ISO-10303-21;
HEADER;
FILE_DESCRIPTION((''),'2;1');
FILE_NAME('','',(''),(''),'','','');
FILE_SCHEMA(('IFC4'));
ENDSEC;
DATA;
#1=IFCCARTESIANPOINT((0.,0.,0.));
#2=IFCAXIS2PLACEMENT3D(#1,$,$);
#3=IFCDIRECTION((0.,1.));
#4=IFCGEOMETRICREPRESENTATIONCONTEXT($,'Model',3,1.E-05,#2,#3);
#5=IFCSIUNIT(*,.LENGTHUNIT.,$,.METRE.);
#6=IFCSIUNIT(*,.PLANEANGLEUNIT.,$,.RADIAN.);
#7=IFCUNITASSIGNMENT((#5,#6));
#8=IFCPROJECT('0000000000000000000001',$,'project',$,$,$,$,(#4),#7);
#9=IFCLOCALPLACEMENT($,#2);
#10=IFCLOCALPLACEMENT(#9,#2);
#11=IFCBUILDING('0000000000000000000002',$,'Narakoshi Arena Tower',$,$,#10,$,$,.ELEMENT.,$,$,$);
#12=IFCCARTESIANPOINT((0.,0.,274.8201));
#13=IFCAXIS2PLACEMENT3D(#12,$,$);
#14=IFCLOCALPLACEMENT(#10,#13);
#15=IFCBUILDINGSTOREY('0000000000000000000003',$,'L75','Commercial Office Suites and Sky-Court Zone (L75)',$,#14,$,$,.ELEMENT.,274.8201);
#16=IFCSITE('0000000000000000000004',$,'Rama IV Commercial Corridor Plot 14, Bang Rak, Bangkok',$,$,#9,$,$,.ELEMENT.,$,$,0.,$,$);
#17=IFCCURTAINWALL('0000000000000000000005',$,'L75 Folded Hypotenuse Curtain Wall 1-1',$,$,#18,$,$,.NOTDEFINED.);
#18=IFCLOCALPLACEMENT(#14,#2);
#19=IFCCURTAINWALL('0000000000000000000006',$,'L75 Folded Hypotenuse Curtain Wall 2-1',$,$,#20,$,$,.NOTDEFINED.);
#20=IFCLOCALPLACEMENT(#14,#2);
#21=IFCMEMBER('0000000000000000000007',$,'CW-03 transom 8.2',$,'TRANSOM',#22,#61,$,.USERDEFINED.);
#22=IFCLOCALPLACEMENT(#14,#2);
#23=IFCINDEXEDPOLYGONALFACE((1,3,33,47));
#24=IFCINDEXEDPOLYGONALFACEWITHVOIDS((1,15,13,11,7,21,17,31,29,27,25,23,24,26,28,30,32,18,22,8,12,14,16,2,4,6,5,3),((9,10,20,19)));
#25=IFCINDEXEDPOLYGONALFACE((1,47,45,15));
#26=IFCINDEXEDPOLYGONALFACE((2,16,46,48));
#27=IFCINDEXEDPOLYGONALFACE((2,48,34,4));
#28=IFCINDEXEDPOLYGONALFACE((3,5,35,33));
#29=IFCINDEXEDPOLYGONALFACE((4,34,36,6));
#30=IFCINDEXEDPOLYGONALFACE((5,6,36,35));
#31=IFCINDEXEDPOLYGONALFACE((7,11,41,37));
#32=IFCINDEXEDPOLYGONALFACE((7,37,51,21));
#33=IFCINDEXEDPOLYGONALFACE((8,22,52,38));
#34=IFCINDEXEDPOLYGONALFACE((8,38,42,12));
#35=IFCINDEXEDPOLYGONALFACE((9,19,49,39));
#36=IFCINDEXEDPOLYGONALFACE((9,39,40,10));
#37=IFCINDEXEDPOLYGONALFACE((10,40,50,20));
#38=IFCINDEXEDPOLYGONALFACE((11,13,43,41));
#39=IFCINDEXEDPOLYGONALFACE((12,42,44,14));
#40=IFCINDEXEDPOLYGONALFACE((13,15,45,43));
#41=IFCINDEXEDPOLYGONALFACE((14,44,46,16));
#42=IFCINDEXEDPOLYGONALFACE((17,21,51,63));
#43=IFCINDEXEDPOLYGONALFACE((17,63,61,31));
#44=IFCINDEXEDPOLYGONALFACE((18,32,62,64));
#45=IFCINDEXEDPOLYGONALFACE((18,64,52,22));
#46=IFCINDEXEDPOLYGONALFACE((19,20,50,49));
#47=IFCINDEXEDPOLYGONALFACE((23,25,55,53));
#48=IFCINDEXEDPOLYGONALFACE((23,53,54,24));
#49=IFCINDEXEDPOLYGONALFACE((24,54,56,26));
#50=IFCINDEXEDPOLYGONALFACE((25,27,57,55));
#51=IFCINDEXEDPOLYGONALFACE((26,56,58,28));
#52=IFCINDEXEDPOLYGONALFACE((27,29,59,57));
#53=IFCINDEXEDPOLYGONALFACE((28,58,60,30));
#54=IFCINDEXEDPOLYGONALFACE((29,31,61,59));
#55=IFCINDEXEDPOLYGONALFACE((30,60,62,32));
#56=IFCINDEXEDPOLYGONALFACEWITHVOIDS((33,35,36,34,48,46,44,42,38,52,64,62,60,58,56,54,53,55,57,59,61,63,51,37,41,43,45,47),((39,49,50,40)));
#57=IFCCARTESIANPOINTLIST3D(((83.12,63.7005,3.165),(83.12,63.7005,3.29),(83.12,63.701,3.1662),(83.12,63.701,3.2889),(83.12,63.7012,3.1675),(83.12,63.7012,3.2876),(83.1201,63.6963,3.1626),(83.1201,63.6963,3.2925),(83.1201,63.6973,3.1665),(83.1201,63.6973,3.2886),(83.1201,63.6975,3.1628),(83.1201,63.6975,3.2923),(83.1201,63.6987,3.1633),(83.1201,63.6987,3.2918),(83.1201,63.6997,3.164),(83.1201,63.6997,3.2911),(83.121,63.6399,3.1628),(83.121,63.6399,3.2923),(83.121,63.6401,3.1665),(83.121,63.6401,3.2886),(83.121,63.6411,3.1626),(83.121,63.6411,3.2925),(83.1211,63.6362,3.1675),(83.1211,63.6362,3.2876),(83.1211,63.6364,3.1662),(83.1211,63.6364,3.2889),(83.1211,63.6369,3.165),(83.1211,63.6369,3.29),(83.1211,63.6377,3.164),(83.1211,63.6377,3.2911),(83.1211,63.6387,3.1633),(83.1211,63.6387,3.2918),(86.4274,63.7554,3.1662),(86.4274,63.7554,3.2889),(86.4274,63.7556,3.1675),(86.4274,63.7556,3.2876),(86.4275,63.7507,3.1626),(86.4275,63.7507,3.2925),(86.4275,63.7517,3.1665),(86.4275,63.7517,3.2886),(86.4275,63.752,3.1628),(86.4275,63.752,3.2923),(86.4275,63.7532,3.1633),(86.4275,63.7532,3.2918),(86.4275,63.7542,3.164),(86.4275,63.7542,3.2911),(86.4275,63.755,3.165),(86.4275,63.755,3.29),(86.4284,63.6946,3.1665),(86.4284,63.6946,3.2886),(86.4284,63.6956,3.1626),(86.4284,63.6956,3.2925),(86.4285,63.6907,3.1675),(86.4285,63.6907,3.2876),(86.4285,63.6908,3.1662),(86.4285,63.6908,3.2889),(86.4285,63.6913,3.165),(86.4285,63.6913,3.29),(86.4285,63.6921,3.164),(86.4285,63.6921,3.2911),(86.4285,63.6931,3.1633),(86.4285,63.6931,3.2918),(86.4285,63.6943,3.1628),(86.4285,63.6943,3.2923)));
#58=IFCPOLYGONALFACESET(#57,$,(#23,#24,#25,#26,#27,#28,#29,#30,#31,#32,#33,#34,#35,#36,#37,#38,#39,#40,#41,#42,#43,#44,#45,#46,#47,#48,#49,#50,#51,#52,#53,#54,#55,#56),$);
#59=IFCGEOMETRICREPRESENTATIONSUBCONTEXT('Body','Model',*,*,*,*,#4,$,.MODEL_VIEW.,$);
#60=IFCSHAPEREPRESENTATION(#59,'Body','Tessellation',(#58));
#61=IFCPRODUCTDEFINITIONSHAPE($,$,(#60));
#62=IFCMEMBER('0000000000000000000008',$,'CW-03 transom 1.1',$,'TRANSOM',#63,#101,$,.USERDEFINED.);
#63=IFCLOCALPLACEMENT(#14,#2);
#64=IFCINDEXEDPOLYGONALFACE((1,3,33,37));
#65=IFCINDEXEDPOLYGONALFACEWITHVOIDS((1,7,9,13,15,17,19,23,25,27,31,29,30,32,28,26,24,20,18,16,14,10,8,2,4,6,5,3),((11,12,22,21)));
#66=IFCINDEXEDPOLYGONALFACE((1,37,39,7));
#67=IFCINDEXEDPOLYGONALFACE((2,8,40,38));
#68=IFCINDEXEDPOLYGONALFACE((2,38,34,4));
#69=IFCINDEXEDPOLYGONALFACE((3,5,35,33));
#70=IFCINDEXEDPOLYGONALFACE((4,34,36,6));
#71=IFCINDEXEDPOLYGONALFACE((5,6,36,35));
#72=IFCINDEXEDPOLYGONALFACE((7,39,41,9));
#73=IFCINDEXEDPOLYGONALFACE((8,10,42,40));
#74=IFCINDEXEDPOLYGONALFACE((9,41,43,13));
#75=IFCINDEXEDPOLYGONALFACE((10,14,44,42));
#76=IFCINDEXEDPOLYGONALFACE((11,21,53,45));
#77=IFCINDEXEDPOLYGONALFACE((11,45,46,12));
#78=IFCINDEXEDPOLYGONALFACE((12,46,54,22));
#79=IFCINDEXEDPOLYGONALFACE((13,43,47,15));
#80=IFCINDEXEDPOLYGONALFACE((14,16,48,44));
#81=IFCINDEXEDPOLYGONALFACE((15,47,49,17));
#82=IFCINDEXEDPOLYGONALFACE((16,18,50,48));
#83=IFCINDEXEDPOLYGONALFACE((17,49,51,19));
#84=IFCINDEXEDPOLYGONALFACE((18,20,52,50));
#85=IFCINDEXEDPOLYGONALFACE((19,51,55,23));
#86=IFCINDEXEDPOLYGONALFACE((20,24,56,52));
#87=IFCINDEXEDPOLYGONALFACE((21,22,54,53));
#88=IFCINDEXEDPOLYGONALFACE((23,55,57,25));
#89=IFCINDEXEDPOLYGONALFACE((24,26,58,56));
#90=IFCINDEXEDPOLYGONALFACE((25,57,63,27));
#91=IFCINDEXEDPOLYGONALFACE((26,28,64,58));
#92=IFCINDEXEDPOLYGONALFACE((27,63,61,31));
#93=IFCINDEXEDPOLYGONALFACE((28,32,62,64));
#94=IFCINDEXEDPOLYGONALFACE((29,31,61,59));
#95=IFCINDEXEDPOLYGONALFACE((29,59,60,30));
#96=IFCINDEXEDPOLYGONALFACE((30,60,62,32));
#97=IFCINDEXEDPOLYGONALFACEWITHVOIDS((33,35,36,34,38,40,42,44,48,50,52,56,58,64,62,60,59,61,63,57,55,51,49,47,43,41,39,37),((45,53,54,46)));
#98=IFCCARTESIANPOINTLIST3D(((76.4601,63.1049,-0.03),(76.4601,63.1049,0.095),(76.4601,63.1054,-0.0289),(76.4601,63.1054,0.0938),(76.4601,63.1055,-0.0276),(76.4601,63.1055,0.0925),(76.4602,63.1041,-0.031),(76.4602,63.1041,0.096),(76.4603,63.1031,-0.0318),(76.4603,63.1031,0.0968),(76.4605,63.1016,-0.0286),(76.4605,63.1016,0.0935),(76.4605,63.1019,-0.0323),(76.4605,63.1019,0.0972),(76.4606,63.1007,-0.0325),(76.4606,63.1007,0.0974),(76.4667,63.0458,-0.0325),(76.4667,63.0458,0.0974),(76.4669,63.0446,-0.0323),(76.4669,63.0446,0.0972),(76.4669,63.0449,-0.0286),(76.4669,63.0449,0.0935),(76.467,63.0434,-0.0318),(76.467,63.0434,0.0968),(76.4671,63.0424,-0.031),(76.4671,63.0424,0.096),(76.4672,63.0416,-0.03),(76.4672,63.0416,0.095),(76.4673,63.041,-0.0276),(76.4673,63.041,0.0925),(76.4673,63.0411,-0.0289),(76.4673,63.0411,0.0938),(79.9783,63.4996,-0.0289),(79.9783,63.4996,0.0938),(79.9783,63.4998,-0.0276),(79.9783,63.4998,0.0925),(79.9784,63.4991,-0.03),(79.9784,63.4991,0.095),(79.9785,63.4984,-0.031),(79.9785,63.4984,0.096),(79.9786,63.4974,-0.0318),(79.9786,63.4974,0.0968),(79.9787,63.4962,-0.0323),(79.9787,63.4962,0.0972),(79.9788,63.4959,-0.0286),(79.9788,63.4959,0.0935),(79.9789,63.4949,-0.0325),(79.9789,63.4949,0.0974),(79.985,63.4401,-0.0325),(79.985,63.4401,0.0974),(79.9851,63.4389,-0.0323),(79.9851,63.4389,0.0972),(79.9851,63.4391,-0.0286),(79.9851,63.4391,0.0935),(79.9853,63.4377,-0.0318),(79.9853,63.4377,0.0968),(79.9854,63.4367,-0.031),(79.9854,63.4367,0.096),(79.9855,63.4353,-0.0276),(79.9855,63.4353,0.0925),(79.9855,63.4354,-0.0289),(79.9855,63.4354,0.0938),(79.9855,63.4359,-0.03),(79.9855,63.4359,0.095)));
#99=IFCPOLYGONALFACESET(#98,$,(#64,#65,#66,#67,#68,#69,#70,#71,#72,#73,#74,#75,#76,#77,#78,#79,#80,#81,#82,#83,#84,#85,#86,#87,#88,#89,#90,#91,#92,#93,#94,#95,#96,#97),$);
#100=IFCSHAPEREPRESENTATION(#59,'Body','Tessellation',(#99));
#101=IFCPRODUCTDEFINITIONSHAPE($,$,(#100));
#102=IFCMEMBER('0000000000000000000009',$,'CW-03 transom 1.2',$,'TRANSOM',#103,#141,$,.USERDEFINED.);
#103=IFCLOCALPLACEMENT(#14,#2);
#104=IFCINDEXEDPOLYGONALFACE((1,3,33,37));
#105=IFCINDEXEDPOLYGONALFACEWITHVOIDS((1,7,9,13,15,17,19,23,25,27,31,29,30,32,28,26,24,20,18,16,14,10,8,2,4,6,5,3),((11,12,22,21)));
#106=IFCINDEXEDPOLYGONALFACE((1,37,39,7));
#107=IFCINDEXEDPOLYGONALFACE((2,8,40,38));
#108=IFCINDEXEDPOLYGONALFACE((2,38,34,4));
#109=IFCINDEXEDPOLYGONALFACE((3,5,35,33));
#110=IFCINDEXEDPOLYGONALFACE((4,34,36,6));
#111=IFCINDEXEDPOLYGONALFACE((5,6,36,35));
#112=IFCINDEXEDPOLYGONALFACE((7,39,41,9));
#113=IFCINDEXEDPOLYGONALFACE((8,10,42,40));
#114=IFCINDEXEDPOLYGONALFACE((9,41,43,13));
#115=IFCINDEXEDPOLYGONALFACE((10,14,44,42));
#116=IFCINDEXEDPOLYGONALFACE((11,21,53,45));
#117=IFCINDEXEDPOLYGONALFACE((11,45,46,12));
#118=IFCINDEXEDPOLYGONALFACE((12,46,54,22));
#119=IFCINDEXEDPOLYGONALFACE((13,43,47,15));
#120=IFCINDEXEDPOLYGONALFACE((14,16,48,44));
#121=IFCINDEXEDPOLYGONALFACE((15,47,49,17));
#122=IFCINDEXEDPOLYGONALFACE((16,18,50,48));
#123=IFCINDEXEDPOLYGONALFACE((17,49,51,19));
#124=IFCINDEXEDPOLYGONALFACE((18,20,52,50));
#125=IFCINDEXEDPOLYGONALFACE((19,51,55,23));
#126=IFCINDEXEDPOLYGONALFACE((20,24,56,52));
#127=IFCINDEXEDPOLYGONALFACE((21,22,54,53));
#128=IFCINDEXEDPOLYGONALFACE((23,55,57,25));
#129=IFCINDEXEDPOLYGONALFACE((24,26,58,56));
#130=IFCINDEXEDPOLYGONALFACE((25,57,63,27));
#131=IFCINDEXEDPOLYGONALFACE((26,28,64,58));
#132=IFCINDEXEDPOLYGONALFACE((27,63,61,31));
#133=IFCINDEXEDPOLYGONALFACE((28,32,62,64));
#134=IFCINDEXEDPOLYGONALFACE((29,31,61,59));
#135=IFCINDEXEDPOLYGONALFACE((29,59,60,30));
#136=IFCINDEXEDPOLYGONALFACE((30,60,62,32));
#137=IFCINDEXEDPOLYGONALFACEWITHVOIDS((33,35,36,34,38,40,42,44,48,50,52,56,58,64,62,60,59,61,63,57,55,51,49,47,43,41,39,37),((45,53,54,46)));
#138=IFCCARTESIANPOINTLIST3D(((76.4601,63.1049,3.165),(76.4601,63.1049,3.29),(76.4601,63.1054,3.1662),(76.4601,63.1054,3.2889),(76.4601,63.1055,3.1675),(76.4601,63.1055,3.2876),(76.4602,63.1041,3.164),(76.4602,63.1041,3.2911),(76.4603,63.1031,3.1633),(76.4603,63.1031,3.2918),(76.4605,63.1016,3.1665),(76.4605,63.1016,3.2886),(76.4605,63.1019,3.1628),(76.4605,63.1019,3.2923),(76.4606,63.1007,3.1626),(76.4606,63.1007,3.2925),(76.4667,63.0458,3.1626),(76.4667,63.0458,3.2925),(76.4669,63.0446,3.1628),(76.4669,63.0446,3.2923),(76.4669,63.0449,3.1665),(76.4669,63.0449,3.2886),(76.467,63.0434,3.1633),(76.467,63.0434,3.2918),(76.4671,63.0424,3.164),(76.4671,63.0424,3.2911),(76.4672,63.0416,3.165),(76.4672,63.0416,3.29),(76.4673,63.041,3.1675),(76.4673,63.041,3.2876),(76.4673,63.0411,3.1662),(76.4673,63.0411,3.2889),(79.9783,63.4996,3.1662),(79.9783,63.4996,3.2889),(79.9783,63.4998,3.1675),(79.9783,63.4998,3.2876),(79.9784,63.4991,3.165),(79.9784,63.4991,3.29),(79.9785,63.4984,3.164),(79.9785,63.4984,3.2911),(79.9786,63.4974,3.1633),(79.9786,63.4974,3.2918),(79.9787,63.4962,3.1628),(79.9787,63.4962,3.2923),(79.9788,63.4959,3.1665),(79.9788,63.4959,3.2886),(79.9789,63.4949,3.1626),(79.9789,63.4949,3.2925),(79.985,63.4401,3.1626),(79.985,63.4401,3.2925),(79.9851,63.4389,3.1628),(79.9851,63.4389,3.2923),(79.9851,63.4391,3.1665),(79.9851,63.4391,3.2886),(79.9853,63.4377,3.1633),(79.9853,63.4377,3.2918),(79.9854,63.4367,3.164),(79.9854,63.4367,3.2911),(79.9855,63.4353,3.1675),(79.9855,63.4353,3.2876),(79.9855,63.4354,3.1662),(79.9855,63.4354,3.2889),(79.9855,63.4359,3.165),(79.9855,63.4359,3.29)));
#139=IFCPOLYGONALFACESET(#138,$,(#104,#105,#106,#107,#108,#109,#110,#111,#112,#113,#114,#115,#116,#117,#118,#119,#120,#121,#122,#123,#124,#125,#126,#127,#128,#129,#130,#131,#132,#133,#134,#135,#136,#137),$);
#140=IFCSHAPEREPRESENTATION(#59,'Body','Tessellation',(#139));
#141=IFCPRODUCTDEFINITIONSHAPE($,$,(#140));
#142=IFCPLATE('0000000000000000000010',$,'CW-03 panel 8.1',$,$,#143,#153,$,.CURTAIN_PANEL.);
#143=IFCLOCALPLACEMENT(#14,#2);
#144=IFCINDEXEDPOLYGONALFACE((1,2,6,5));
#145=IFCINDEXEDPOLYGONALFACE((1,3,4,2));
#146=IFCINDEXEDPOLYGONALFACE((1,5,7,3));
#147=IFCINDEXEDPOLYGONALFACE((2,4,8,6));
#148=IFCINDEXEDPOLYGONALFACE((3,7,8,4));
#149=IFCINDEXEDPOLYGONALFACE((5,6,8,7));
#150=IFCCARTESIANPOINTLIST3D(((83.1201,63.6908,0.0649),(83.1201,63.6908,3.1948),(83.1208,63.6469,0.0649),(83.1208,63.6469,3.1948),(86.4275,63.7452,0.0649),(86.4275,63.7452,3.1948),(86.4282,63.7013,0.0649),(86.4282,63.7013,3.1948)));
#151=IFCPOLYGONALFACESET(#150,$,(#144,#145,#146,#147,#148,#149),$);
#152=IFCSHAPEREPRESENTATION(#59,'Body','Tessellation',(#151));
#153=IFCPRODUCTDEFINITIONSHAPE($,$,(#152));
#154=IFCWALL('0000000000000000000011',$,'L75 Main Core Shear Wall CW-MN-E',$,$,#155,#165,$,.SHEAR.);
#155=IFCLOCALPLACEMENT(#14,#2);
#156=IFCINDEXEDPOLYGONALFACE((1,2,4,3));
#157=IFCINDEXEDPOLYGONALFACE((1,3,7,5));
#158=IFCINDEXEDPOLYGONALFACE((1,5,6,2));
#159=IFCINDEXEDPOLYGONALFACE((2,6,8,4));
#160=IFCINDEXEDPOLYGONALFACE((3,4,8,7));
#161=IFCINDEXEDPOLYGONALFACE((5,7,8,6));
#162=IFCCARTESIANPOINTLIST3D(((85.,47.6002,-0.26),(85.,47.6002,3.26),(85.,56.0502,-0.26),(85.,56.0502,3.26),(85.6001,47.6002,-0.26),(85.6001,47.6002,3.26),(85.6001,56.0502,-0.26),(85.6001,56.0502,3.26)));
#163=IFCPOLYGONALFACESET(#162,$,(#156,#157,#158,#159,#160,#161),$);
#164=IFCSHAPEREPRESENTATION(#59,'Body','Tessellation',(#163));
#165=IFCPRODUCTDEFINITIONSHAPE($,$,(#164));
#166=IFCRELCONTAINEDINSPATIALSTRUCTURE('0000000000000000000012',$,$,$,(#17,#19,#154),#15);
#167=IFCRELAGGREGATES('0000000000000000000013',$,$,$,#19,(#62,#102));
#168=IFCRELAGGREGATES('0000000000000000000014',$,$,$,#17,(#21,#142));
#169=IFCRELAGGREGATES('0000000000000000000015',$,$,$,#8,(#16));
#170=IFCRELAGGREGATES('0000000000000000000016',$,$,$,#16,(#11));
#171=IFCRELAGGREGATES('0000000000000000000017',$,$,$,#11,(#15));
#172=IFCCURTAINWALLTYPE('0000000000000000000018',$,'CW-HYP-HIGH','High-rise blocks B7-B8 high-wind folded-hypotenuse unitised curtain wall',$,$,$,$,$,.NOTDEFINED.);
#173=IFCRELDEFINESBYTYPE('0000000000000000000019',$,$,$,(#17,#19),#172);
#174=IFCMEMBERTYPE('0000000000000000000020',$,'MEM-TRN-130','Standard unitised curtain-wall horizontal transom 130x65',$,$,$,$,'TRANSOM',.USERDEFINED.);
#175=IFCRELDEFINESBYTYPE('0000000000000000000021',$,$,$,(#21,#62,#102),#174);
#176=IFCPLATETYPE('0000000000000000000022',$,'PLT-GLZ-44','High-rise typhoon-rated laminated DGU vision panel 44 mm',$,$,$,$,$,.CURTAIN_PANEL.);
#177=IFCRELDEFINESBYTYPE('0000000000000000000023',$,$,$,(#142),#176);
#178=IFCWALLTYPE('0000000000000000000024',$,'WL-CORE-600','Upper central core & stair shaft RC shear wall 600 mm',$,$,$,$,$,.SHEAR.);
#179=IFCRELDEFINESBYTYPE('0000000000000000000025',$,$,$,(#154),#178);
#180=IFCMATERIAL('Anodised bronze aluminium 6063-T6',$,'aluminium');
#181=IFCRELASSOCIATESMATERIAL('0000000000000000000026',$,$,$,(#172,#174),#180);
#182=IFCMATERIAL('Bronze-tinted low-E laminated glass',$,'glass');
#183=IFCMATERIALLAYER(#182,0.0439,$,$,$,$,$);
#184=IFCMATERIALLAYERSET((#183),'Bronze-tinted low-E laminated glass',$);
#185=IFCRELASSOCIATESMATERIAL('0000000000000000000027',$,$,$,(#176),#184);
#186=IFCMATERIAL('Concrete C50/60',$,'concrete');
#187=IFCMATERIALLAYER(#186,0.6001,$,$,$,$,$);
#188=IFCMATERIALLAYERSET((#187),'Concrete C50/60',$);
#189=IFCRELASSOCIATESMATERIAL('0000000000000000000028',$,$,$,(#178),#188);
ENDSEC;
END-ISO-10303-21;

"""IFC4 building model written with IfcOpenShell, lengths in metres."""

from ifc_helpers import new_model, si_unit, direction, frame, frame_2d, origin, origin_2d, place, context, subcontext, project, spatial, rectangle, hollow_rectangle, extrude, material, layer, layer_set, material_profile, profile_set, type_object, element, aggregate, save


model = new_model("IFC4")

# Units and contexts
model_context = context("Model", 3, precision=1e-05, world=origin(), true_north=direction((0.0, 1.0)))
body_context = subcontext(model_context, "Body", "Model", "MODEL_VIEW")
ifc_project = project(units=[si_unit("LENGTHUNIT", "METRE"), si_unit("PLANEANGLEUNIT", "RADIAN")], contexts=[model_context])

# Site, building, storey
site_placement = place(None, origin())
site = spatial("IfcSite", under=ifc_project, at=site_placement, Name="Rama IV Commercial Corridor Plot 14, Bang Rak, Bangkok", CompositionType="ELEMENT", RefElevation=0.0)
building_placement = place(site_placement, origin())
building = spatial("IfcBuilding", under=site, at=building_placement, Name="Narakoshi Arena Tower", CompositionType="ELEMENT")
storey_placement = place(building_placement, frame((0.0, 0.0, 274.8201)))
storey = spatial("IfcBuildingStorey", under=building, at=storey_placement, Name="L75", Description="Commercial Office Suites and Sky-Court Zone (L75)", CompositionType="ELEMENT", Elevation=274.8201)

# Shared definitions
ifc_material_1 = material(Name="Concrete C50/60", Category="concrete")

# Curtain wall
ifc_material_2 = material(Name="Anodised bronze aluminium 6063-T6", Category="aluminium")
curtain_wall_type = type_object("IfcCurtainWallType", Name="CW-HYP-HIGH", Description="High-rise blocks B7-B8 high-wind folded-hypotenuse unitised curtain wall", PredefinedType="NOTDEFINED", material=ifc_material_2)
curtain_wall_1_placement = place(storey_placement, origin())
curtain_wall_1 = element("IfcCurtainWall", 1, at=curtain_wall_1_placement, inside=storey, type_object=curtain_wall_type, Name="L75 Folded Hypotenuse Curtain Wall 1-1", PredefinedType="NOTDEFINED")

# Curtain wall
curtain_wall_2_placement = place(storey_placement, origin())
curtain_wall_2 = element("IfcCurtainWall", 2, at=curtain_wall_2_placement, inside=storey, type_object=curtain_wall_type, Name="L75 Folded Hypotenuse Curtain Wall 2-1", PredefinedType="NOTDEFINED")

# Members
ifc_material_profile_1 = material_profile(ifc_material_2, hollow_rectangle(XDim=0.0649, YDim=0.1299, WallThickness=0.0039, OuterFilletRadius=0.0049, at=origin_2d()), Name="TRN130x65x4")
ifc_profile_set_1 = profile_set([ifc_material_profile_1], Name="Anodised bronze aluminium 6063-T6")
member_type_1 = type_object("IfcMemberType", Name="MEM-TRN-130", Description="Standard unitised curtain-wall horizontal transom 130x65", ElementType="TRANSOM", PredefinedType="USERDEFINED", material=ifc_profile_set_1)
member_1_placement = place(storey_placement, frame((86.428, 63.7231, 3.2275), z_axis=(-0.999865, -0.016459, 0.0), x_axis=(0.016459, -0.999865, 0.0)))
member_1 = element("IfcMember", 3, at=member_1_placement, type_object=member_type_1, Name="CW-03 transom 8.2", ObjectType="TRANSOM", PredefinedType="USERDEFINED", context=body_context, shape_type="SweptSolid", body=[
    extrude(hollow_rectangle(XDim=0.0649, YDim=0.1299, WallThickness=0.0039, OuterFilletRadius=0.0049, at=origin_2d()), origin(), (0.0, 0.0, 1.0), 3.3079),
])
member_2_placement = place(storey_placement, frame((79.9819, 63.4675, 0.0325), z_axis=(-0.993779, -0.11137, 0.0), x_axis=(0.11137, -0.993779, 0.0)))
member_2 = element("IfcMember", 4, at=member_2_placement, type_object=member_type_1, Name="CW-03 transom 1.1", ObjectType="TRANSOM", PredefinedType="USERDEFINED", context=body_context, shape_type="SweptSolid", body=[
    extrude(hollow_rectangle(XDim=0.0649, YDim=0.1299, WallThickness=0.0039, OuterFilletRadius=0.0049, at=origin_2d()), origin(), (0.0, 0.0, 1.0), 3.5403),
])
member_3_placement = place(storey_placement, frame((79.9819, 63.4675, 3.2275), z_axis=(-0.993779, -0.11137, 0.0), x_axis=(0.11137, -0.993779, 0.0)))
member_3 = element("IfcMember", 5, at=member_3_placement, type_object=member_type_1, Name="CW-03 transom 1.2", ObjectType="TRANSOM", PredefinedType="USERDEFINED", context=body_context, shape_type="SweptSolid", body=[
    extrude(hollow_rectangle(XDim=0.0649, YDim=0.1299, WallThickness=0.0039, OuterFilletRadius=0.0049, at=origin_2d()), origin(), (0.0, 0.0, 1.0), 3.5403),
])
aggregate(curtain_wall_2, [member_2, member_3])

# Plate
ifc_material_3 = material(Name="Bronze-tinted low-E laminated glass", Category="glass")
ifc_layer_1 = layer(ifc_material_3, 0.0439)
ifc_layer_set_1 = layer_set([ifc_layer_1], Name="Bronze-tinted low-E laminated glass")
plate_type = type_object("IfcPlateType", Name="PLT-GLZ-44", Description="High-rise typhoon-rated laminated DGU vision panel 44 mm", PredefinedType="CURTAIN_PANEL", material=ifc_layer_set_1)
plate_placement = place(storey_placement, frame((84.7742, 63.696, 0.0649), z_axis=(0.0, 0.0, 1.0), x_axis=(-0.999865, -0.016443, 0.0)))
plate = element("IfcPlate", 6, at=plate_placement, type_object=plate_type, Name="CW-03 panel 8.1", PredefinedType="CURTAIN_PANEL", context=body_context, shape_type="SweptSolid", body=[
    extrude(rectangle(XDim=3.3079, YDim=0.0439, at=origin_2d()), origin(), (0.0, 0.0, 1.0), 3.1299),
])
aggregate(curtain_wall_1, [member_1, plate])

# Wall
ifc_layer_2 = layer(ifc_material_1, 0.6001)
ifc_layer_set_2 = layer_set([ifc_layer_2], Name="Concrete C50/60")
wall_type_1 = type_object("IfcWallType", Name="WL-CORE-600", Description="Upper central core & stair shaft RC shear wall 600 mm", PredefinedType="SHEAR", material=ifc_layer_set_2)
wall_1_placement = place(storey_placement, frame((85.3, 47.6001, -0.26), z_axis=(0.0, 0.0, 1.0), x_axis=(0.0, 1.0, 0.0)))
element("IfcWall", 7, at=wall_1_placement, inside=storey, type_object=wall_type_1, Name="L75 Main Core Shear Wall CW-MN-E", PredefinedType="SHEAR", context=body_context, shape_type="SweptSolid", body=[
    extrude(rectangle(XDim=8.45, YDim=0.6001, at=frame_2d((4.2251, 0.0))), origin(), (0.0, 0.0, 1.0), 3.52),
])

save(model, "model.ifc")
